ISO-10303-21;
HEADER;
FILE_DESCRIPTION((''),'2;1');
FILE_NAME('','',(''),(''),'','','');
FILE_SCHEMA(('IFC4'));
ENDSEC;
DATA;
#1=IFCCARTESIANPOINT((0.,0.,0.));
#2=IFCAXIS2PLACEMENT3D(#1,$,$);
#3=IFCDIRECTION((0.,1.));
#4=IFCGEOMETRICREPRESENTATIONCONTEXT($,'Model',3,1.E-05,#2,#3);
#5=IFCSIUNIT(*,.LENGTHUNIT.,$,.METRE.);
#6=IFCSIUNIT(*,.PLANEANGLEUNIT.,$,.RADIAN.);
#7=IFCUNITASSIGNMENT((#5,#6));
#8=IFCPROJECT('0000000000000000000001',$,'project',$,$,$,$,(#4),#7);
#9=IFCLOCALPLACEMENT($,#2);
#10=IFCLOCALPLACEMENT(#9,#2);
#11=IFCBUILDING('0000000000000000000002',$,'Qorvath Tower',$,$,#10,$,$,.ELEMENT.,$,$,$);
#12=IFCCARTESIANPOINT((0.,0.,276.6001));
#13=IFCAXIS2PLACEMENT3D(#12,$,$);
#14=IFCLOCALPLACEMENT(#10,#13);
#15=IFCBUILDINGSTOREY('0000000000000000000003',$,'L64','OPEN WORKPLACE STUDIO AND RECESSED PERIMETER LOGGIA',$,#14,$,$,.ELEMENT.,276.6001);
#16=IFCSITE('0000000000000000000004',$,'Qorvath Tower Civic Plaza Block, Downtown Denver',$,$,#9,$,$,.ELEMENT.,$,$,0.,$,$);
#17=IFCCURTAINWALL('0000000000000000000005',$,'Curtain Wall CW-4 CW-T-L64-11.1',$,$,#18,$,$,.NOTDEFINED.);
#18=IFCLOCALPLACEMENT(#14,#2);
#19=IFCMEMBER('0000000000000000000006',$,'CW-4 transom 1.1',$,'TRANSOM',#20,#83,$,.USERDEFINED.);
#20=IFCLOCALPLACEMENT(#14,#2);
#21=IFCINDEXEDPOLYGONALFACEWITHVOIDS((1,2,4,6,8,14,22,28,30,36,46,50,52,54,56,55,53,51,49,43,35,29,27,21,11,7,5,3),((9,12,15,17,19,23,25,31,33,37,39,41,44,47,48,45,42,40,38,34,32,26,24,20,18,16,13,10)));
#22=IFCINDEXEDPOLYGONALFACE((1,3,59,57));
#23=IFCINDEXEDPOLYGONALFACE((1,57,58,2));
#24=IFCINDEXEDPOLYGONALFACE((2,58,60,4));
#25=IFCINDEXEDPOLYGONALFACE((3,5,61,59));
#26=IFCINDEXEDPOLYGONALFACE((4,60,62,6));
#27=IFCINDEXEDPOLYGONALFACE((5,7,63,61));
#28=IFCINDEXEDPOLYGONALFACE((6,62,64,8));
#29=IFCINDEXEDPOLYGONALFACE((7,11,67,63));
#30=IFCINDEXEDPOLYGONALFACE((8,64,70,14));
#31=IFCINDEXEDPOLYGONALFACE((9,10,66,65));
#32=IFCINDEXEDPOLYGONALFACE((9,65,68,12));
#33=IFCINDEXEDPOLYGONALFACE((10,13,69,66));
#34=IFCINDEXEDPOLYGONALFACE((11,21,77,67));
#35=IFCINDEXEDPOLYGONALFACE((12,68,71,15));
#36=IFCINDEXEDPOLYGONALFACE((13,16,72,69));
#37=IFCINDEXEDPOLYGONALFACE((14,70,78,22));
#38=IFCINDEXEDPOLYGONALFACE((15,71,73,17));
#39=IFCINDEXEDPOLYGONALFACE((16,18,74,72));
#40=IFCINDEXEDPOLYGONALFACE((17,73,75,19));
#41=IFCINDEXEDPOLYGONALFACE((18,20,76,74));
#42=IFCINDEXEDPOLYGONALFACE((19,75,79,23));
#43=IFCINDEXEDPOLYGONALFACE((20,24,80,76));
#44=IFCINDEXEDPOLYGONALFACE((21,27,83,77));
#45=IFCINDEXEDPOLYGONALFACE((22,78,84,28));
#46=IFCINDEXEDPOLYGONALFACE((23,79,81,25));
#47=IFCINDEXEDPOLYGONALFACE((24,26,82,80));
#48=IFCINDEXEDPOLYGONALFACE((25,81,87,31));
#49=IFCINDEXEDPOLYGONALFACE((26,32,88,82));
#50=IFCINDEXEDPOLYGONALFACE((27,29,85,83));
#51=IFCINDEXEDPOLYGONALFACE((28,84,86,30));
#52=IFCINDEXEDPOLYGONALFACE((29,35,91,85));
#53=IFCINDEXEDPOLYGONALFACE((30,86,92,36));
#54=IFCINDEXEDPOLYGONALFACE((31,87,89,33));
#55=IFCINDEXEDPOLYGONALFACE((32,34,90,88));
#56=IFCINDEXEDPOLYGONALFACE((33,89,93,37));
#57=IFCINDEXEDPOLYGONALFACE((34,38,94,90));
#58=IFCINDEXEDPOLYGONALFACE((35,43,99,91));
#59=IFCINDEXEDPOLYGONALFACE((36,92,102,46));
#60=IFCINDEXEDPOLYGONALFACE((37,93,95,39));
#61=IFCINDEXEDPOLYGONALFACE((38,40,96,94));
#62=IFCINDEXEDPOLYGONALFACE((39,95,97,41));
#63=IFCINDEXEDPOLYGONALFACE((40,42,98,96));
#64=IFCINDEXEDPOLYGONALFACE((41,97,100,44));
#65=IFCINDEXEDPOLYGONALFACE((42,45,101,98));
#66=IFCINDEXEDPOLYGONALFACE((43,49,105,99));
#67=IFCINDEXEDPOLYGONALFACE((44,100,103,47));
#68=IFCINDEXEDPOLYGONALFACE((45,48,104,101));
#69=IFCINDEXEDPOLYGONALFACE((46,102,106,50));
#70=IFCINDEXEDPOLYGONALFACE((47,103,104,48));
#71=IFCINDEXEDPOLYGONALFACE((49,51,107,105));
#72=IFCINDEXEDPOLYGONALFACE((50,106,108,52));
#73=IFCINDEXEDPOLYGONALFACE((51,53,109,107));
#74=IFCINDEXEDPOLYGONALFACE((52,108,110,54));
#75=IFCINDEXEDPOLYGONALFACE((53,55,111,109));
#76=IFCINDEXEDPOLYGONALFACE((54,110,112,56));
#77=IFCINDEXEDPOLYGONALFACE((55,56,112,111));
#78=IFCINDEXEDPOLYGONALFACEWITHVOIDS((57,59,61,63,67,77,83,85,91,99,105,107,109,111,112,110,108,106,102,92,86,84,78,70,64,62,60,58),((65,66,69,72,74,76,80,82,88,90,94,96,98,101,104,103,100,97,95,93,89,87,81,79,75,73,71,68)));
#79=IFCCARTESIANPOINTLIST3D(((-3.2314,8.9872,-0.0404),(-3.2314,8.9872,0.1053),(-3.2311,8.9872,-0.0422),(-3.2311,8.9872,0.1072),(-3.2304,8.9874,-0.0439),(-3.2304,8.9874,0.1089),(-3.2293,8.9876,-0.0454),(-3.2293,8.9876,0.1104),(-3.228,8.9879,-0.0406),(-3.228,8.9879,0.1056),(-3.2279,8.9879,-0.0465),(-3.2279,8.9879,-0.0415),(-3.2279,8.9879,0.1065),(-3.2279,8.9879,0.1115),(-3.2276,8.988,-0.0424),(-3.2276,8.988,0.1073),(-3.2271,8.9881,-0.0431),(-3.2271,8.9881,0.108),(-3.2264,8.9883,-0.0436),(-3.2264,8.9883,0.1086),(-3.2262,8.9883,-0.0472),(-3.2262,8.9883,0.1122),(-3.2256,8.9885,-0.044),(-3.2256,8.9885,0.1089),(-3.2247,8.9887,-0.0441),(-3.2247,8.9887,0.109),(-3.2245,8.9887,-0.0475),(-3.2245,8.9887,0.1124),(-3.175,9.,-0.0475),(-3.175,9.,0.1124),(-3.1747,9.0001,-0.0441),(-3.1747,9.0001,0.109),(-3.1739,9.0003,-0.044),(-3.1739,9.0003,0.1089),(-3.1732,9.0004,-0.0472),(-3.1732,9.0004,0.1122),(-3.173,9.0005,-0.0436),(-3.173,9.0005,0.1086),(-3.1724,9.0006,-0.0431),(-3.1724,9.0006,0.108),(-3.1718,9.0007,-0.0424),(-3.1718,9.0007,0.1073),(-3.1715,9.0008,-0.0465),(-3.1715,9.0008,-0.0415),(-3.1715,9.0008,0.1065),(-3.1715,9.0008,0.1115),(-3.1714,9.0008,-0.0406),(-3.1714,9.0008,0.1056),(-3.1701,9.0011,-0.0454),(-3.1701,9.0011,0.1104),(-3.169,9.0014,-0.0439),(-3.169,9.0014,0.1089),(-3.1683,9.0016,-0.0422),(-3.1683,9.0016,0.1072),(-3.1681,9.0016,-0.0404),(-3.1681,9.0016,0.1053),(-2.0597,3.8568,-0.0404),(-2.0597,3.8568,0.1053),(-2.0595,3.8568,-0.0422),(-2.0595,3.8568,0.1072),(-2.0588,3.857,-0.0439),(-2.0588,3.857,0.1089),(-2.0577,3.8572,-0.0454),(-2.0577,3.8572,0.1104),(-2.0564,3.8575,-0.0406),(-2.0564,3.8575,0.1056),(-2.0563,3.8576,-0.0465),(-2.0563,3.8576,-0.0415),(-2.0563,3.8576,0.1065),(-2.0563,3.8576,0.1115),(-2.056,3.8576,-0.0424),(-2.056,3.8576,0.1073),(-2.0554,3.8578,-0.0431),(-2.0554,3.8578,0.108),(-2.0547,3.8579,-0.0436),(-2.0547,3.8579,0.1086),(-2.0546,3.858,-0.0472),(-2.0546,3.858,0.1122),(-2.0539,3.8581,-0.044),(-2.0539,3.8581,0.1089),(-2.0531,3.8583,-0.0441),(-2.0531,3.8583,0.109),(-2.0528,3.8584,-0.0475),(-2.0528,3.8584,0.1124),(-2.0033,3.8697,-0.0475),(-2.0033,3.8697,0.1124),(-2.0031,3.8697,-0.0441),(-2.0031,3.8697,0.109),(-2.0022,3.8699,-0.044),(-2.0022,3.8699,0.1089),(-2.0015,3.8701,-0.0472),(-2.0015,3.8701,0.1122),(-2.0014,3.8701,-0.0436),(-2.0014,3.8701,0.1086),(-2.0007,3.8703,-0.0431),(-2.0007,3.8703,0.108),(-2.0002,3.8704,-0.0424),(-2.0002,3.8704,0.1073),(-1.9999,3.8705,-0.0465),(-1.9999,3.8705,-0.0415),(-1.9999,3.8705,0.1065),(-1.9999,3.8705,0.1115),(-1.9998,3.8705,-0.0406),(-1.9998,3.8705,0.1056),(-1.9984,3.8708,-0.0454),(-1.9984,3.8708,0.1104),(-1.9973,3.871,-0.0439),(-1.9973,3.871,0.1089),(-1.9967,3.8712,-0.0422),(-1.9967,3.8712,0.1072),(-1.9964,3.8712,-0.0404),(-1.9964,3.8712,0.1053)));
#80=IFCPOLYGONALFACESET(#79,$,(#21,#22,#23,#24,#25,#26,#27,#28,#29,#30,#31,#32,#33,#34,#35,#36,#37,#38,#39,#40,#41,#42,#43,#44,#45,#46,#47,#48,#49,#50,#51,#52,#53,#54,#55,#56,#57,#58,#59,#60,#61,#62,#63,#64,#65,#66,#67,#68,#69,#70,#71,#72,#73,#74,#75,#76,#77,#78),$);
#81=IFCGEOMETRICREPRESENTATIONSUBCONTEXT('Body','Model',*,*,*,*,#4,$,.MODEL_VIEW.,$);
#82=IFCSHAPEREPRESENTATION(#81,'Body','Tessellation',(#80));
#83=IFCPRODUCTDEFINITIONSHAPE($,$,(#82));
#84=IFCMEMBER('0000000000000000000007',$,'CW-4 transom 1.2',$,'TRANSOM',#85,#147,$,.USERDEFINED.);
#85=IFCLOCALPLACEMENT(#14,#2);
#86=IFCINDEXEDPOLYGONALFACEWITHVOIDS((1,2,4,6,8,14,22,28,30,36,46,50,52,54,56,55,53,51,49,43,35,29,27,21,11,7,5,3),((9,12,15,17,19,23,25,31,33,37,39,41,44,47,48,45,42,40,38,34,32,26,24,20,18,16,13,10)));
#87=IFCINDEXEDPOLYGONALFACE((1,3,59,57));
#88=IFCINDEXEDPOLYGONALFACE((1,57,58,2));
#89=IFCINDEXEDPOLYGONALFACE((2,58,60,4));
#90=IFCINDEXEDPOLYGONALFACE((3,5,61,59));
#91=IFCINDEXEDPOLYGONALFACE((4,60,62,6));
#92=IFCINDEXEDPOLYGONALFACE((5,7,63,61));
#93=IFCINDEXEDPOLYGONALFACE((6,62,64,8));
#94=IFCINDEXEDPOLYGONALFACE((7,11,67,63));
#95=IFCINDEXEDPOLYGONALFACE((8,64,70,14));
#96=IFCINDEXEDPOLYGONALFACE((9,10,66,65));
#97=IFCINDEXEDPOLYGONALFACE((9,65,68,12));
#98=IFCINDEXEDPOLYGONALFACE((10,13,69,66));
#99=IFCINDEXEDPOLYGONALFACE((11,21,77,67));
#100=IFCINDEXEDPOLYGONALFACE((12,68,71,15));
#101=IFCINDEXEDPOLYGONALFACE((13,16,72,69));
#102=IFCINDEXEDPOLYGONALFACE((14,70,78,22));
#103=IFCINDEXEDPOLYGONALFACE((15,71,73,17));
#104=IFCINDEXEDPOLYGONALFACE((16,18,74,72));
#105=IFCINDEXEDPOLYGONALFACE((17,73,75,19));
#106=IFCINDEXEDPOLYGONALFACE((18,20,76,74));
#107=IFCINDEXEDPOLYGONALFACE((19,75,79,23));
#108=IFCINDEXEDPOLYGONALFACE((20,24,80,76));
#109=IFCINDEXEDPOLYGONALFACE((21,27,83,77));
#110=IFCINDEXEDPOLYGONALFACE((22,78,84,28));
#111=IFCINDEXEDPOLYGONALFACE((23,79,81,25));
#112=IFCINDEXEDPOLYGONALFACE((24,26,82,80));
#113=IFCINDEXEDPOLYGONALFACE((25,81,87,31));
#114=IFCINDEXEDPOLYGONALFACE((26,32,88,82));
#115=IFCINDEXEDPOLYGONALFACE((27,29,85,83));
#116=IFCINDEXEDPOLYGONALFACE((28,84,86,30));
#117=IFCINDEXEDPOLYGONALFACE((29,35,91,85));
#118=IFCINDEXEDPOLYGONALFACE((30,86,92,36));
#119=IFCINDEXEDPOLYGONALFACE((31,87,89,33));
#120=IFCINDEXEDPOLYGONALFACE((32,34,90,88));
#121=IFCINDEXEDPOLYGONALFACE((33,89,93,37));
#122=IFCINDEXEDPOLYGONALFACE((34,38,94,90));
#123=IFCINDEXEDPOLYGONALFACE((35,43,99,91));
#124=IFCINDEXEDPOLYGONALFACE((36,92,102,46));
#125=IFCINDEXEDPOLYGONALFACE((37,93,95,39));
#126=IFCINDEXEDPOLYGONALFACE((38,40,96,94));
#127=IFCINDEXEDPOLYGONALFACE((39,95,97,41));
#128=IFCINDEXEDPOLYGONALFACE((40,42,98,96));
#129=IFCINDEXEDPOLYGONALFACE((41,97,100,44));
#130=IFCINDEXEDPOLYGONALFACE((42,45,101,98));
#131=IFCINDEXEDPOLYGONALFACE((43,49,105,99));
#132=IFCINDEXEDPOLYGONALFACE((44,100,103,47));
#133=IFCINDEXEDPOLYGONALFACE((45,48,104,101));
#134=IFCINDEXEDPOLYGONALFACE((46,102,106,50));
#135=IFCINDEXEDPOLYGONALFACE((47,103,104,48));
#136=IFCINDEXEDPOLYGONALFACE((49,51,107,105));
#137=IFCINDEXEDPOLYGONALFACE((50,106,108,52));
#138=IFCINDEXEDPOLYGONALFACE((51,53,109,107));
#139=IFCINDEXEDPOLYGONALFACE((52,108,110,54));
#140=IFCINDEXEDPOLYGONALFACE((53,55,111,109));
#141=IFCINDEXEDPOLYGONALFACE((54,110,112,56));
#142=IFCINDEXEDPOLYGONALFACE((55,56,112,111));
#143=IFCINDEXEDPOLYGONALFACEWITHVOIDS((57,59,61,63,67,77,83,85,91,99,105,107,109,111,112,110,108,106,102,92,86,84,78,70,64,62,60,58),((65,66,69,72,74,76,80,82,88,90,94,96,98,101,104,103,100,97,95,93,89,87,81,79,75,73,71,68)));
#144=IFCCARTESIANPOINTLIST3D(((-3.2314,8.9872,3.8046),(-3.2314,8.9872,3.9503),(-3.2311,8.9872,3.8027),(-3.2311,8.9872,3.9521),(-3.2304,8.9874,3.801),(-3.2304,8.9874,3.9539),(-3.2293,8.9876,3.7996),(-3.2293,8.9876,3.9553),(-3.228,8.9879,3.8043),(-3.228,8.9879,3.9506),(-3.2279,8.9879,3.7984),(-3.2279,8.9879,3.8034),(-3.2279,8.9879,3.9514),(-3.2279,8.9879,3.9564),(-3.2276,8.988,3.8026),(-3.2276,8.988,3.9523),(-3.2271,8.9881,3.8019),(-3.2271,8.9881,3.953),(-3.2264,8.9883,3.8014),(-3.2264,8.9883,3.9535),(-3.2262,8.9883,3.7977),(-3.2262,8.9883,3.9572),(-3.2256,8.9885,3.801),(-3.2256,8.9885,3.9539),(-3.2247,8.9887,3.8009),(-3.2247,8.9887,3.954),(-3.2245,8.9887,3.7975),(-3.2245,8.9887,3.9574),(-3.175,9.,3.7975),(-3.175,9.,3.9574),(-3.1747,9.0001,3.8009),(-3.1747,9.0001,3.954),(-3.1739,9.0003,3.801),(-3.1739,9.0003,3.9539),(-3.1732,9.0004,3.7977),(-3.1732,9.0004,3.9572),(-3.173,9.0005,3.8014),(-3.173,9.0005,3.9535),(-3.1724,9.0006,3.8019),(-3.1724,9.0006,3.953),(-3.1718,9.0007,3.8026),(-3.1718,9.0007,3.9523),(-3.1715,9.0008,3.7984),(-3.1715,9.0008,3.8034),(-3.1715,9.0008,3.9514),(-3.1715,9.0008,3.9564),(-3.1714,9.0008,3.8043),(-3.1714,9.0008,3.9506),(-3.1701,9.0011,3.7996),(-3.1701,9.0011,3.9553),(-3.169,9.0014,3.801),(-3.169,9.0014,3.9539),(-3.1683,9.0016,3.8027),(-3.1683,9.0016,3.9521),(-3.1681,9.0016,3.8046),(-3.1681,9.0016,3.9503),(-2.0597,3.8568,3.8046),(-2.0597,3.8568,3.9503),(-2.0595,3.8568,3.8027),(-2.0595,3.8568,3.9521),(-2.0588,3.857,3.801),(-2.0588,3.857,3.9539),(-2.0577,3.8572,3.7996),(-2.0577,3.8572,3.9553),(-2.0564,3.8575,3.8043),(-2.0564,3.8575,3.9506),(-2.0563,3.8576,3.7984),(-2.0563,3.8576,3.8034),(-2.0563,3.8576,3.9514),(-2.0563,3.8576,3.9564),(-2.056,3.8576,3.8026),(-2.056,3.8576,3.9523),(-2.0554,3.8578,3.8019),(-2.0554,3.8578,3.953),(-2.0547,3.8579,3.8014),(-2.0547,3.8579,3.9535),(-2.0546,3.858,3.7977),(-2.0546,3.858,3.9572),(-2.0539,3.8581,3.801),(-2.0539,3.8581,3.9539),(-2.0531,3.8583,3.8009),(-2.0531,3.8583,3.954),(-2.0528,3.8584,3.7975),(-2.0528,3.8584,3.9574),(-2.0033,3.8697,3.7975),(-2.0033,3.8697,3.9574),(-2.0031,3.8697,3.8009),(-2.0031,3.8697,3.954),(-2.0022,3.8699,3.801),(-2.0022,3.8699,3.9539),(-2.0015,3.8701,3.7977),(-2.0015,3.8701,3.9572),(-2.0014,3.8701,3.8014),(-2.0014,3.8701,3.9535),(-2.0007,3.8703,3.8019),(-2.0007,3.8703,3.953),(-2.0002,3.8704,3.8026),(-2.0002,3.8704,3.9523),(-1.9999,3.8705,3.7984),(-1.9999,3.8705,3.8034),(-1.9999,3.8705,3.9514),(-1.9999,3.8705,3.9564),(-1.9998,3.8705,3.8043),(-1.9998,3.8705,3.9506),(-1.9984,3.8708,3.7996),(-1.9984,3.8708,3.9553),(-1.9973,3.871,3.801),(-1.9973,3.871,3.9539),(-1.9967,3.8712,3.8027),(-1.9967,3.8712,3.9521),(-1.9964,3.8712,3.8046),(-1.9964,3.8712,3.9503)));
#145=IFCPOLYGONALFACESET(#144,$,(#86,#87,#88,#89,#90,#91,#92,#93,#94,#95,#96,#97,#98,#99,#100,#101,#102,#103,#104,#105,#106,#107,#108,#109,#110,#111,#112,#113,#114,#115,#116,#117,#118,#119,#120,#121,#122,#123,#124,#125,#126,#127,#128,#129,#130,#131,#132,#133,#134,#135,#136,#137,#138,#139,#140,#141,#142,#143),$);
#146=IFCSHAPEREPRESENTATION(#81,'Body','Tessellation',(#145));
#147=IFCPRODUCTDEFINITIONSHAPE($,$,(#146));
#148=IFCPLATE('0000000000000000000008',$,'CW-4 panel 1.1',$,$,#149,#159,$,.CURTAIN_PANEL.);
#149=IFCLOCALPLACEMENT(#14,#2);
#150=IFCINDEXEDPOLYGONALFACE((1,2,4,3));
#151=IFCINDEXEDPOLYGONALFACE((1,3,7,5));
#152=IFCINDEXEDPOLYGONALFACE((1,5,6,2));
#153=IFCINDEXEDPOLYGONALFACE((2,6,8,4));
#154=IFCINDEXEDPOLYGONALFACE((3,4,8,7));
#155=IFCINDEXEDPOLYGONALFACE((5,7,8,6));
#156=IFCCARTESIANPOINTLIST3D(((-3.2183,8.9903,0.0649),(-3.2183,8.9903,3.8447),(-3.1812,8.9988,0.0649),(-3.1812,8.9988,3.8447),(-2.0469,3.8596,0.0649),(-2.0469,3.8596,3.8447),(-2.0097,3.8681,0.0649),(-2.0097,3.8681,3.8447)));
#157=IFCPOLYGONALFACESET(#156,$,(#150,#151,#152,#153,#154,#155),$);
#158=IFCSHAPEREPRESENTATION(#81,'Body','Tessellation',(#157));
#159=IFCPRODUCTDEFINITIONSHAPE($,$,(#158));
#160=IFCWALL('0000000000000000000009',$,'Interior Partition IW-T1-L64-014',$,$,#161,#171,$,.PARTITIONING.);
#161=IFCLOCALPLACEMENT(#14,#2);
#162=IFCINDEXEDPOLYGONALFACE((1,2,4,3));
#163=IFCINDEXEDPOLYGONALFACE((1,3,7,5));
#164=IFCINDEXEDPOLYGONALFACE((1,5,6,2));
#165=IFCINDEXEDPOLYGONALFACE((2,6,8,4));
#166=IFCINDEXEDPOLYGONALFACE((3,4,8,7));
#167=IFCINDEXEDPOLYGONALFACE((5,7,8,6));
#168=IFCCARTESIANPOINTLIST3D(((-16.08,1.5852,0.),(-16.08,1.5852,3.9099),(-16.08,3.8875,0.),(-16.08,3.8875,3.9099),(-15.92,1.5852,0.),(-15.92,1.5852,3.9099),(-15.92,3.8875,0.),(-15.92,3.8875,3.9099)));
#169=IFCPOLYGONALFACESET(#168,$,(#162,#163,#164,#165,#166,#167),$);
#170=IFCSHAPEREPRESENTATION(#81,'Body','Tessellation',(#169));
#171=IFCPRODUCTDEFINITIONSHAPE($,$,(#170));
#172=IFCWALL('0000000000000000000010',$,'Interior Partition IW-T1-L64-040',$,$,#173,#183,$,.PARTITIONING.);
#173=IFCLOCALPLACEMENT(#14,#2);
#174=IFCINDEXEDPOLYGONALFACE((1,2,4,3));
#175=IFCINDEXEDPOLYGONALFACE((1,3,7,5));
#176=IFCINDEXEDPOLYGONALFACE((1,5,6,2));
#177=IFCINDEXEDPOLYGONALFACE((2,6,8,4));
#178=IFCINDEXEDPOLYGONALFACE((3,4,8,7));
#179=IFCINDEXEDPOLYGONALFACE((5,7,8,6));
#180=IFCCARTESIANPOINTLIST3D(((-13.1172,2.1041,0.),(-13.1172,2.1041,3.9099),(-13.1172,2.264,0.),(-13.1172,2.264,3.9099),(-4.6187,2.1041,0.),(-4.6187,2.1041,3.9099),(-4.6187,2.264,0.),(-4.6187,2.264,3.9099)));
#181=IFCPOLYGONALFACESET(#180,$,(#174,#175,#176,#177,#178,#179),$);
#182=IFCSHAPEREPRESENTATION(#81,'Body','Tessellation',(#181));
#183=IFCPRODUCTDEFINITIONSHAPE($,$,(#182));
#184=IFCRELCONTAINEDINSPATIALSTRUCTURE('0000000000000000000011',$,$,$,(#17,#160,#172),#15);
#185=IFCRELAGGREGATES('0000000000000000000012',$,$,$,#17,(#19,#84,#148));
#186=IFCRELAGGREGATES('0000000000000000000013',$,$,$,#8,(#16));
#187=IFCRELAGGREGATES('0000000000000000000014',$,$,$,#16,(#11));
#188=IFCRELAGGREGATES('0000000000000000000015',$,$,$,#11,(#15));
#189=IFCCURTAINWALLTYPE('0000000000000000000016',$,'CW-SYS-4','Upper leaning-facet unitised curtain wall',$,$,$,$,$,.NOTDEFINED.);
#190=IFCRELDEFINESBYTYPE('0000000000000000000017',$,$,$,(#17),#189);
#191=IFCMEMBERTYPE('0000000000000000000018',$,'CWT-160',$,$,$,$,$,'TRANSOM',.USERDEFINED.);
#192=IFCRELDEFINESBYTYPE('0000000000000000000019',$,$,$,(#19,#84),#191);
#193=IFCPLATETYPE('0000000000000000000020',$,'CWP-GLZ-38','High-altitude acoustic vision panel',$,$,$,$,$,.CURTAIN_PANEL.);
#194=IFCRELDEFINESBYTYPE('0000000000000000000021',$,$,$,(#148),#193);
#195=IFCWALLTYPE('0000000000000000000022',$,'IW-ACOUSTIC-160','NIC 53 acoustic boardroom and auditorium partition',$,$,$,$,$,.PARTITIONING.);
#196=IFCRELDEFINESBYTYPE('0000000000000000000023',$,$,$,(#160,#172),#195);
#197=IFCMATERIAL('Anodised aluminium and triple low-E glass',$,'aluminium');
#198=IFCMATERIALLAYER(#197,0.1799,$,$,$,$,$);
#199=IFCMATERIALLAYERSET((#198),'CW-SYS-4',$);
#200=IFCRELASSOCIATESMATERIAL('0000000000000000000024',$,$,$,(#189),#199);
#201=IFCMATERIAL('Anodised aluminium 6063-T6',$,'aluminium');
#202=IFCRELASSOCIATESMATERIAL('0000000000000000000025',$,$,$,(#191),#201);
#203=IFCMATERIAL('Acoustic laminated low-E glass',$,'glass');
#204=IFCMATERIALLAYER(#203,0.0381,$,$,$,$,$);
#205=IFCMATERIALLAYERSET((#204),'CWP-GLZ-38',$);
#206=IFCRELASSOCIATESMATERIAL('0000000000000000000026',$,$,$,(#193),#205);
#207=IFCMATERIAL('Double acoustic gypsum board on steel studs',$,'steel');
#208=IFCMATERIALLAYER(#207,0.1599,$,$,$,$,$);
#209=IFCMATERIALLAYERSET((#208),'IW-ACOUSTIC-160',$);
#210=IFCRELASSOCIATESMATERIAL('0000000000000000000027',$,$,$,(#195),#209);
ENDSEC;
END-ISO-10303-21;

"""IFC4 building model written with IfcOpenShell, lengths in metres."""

from ifc_helpers import new_model, si_unit, direction, frame, frame_2d, origin, origin_2d, place, context, subcontext, project, spatial, rectangle, hollow_rectangle, extrude, material, layer, layer_set, material_profile, profile_set, type_object, element, aggregate, save


model = new_model("IFC4")

# Units and contexts
model_context = context("Model", 3, precision=1e-05, world=origin(), true_north=direction((0.0, 1.0)))
body_context = subcontext(model_context, "Body", "Model", "MODEL_VIEW")
ifc_project = project(units=[si_unit("LENGTHUNIT", "METRE"), si_unit("PLANEANGLEUNIT", "RADIAN")], contexts=[model_context])

# Site, building, storey
site_placement = place(None, origin())
site = spatial("IfcSite", under=ifc_project, at=site_placement, Name="Qorvath Tower Civic Plaza Block, Downtown Denver", CompositionType="ELEMENT", RefElevation=0.0)
building_placement = place(site_placement, origin())
building = spatial("IfcBuilding", under=site, at=building_placement, Name="Qorvath Tower", CompositionType="ELEMENT")
storey_placement = place(building_placement, frame((0.0, 0.0, 276.6001)))
storey = spatial("IfcBuildingStorey", under=building, at=storey_placement, Name="L64", Description="OPEN WORKPLACE STUDIO AND RECESSED PERIMETER LOGGIA", CompositionType="ELEMENT", Elevation=276.6001)

# Shared definitions
ifc_material_1 = material(Name="Anodised aluminium and triple low-E glass", Category="aluminium")
ifc_layer_1 = layer(ifc_material_1, 0.1799)
ifc_layer_set_1 = layer_set([ifc_layer_1], Name="CW-SYS-4")
curtain_wall_type = type_object("IfcCurtainWallType", Name="CW-SYS-4", Description="Upper leaning-facet unitised curtain wall", PredefinedType="NOTDEFINED", material=ifc_layer_set_1)

# Curtain wall, members, plate
curtain_wall_1_placement = place(storey_placement, origin())
curtain_wall_1 = element("IfcCurtainWall", 1, at=curtain_wall_1_placement, inside=storey, type_object=curtain_wall_type, Name="Curtain Wall CW-4 CW-T-L64-11.1", PredefinedType="NOTDEFINED")
ifc_material_2 = material(Name="Anodised aluminium 6063-T6", Category="aluminium")
ifc_material_profile_1 = material_profile(ifc_material_2, hollow_rectangle(XDim=0.0649, YDim=0.1599, WallThickness=0.0034, InnerFilletRadius=0.0034, OuterFilletRadius=0.0071, at=origin_2d()), Name="CWT 160x65")
ifc_profile_set_1 = profile_set([ifc_material_profile_1], Name="Anodised aluminium 6063-T6")
member_type_1 = type_object("IfcMemberType", Name="CWT-160", ElementType="TRANSOM", PredefinedType="USERDEFINED", material=ifc_profile_set_1)
member_1_placement = place(storey_placement, frame((-2.0281, 3.864, 0.0325), z_axis=(-0.22264, 0.974901, 0.0), x_axis=(-0.974901, -0.22264, 0.0)))
member_1 = element("IfcMember", 2, at=member_1_placement, type_object=member_type_1, Name="CW-4 transom 1.1", ObjectType="TRANSOM", PredefinedType="USERDEFINED", context=body_context, shape_type="SweptSolid", body=[
    extrude(hollow_rectangle(XDim=0.0649, YDim=0.1599, WallThickness=0.0034, InnerFilletRadius=0.0034, OuterFilletRadius=0.0071, at=origin_2d()), origin(), (0.0, 0.0, 1.0), 5.2625),
])
member_2_placement = place(storey_placement, frame((-2.0281, 3.864, 3.8774), z_axis=(-0.22264, 0.974901, 0.0), x_axis=(-0.974901, -0.22264, 0.0)))
member_2 = element("IfcMember", 3, at=member_2_placement, type_object=member_type_1, Name="CW-4 transom 1.2", ObjectType="TRANSOM", PredefinedType="USERDEFINED", context=body_context, shape_type="SweptSolid", body=[
    extrude(hollow_rectangle(XDim=0.0649, YDim=0.1599, WallThickness=0.0034, InnerFilletRadius=0.0034, OuterFilletRadius=0.0071, at=origin_2d()), origin(), (0.0, 0.0, 1.0), 5.2625),
])
ifc_material_3 = material(Name="Acoustic laminated low-E glass", Category="glass")
ifc_layer_2 = layer(ifc_material_3, 0.0381)
ifc_layer_set_2 = layer_set([ifc_layer_2], Name="CWP-GLZ-38")
plate_type = type_object("IfcPlateType", Name="CWP-GLZ-38", Description="High-altitude acoustic vision panel", PredefinedType="CURTAIN_PANEL", material=ifc_layer_set_2)
plate_placement = place(storey_placement, frame((-2.614, 6.4292, 0.0649), z_axis=(0.0, 0.0, 1.0), x_axis=(-0.222592, 0.974912, 0.0)))
plate = element("IfcPlate", 4, at=plate_placement, type_object=plate_type, Name="CW-4 panel 1.1", PredefinedType="CURTAIN_PANEL", context=body_context, shape_type="SweptSolid", body=[
    extrude(rectangle(XDim=5.2627, YDim=0.0381, at=origin_2d()), origin(), (0.0, 0.0, 1.0), 3.7798),
])
aggregate(curtain_wall_1, [member_1, member_2, plate])

# Walls
ifc_material_4 = material(Name="Double acoustic gypsum board on steel studs", Category="steel")
ifc_layer_3 = layer(ifc_material_4, 0.1599)
ifc_layer_set_3 = layer_set([ifc_layer_3], Name="IW-ACOUSTIC-160")
wall_type_1 = type_object("IfcWallType", Name="IW-ACOUSTIC-160", Description="NIC 53 acoustic boardroom and auditorium partition", PredefinedType="PARTITIONING", material=ifc_layer_set_3)
wall_1_placement = place(storey_placement, frame((-16.0, 1.5852, 0.0), z_axis=(0.0, 0.0, 1.0), x_axis=(0.0, 1.0, 0.0)))
element("IfcWall", 5, at=wall_1_placement, inside=storey, type_object=wall_type_1, Name="Interior Partition IW-T1-L64-014", PredefinedType="PARTITIONING", context=body_context, shape_type="SweptSolid", body=[
    extrude(rectangle(XDim=2.3022, YDim=0.1599, at=frame_2d((1.1511, 0.0))), origin(), (0.0, 0.0, 1.0), 3.9099),
])
wall_2_placement = place(storey_placement, frame((-4.6187, 2.1841, 0.0), z_axis=(0.0, 0.0, 1.0), x_axis=(-1.0, 0.0, 0.0)))
element("IfcWall", 6, at=wall_2_placement, inside=storey, type_object=wall_type_1, Name="Interior Partition IW-T1-L64-040", PredefinedType="PARTITIONING", context=body_context, shape_type="SweptSolid", body=[
    extrude(rectangle(XDim=8.4985, YDim=0.1599, at=frame_2d((4.2493, 0.0))), origin(), (0.0, 0.0, 1.0), 3.9099),
])

save(model, "model.ifc")
